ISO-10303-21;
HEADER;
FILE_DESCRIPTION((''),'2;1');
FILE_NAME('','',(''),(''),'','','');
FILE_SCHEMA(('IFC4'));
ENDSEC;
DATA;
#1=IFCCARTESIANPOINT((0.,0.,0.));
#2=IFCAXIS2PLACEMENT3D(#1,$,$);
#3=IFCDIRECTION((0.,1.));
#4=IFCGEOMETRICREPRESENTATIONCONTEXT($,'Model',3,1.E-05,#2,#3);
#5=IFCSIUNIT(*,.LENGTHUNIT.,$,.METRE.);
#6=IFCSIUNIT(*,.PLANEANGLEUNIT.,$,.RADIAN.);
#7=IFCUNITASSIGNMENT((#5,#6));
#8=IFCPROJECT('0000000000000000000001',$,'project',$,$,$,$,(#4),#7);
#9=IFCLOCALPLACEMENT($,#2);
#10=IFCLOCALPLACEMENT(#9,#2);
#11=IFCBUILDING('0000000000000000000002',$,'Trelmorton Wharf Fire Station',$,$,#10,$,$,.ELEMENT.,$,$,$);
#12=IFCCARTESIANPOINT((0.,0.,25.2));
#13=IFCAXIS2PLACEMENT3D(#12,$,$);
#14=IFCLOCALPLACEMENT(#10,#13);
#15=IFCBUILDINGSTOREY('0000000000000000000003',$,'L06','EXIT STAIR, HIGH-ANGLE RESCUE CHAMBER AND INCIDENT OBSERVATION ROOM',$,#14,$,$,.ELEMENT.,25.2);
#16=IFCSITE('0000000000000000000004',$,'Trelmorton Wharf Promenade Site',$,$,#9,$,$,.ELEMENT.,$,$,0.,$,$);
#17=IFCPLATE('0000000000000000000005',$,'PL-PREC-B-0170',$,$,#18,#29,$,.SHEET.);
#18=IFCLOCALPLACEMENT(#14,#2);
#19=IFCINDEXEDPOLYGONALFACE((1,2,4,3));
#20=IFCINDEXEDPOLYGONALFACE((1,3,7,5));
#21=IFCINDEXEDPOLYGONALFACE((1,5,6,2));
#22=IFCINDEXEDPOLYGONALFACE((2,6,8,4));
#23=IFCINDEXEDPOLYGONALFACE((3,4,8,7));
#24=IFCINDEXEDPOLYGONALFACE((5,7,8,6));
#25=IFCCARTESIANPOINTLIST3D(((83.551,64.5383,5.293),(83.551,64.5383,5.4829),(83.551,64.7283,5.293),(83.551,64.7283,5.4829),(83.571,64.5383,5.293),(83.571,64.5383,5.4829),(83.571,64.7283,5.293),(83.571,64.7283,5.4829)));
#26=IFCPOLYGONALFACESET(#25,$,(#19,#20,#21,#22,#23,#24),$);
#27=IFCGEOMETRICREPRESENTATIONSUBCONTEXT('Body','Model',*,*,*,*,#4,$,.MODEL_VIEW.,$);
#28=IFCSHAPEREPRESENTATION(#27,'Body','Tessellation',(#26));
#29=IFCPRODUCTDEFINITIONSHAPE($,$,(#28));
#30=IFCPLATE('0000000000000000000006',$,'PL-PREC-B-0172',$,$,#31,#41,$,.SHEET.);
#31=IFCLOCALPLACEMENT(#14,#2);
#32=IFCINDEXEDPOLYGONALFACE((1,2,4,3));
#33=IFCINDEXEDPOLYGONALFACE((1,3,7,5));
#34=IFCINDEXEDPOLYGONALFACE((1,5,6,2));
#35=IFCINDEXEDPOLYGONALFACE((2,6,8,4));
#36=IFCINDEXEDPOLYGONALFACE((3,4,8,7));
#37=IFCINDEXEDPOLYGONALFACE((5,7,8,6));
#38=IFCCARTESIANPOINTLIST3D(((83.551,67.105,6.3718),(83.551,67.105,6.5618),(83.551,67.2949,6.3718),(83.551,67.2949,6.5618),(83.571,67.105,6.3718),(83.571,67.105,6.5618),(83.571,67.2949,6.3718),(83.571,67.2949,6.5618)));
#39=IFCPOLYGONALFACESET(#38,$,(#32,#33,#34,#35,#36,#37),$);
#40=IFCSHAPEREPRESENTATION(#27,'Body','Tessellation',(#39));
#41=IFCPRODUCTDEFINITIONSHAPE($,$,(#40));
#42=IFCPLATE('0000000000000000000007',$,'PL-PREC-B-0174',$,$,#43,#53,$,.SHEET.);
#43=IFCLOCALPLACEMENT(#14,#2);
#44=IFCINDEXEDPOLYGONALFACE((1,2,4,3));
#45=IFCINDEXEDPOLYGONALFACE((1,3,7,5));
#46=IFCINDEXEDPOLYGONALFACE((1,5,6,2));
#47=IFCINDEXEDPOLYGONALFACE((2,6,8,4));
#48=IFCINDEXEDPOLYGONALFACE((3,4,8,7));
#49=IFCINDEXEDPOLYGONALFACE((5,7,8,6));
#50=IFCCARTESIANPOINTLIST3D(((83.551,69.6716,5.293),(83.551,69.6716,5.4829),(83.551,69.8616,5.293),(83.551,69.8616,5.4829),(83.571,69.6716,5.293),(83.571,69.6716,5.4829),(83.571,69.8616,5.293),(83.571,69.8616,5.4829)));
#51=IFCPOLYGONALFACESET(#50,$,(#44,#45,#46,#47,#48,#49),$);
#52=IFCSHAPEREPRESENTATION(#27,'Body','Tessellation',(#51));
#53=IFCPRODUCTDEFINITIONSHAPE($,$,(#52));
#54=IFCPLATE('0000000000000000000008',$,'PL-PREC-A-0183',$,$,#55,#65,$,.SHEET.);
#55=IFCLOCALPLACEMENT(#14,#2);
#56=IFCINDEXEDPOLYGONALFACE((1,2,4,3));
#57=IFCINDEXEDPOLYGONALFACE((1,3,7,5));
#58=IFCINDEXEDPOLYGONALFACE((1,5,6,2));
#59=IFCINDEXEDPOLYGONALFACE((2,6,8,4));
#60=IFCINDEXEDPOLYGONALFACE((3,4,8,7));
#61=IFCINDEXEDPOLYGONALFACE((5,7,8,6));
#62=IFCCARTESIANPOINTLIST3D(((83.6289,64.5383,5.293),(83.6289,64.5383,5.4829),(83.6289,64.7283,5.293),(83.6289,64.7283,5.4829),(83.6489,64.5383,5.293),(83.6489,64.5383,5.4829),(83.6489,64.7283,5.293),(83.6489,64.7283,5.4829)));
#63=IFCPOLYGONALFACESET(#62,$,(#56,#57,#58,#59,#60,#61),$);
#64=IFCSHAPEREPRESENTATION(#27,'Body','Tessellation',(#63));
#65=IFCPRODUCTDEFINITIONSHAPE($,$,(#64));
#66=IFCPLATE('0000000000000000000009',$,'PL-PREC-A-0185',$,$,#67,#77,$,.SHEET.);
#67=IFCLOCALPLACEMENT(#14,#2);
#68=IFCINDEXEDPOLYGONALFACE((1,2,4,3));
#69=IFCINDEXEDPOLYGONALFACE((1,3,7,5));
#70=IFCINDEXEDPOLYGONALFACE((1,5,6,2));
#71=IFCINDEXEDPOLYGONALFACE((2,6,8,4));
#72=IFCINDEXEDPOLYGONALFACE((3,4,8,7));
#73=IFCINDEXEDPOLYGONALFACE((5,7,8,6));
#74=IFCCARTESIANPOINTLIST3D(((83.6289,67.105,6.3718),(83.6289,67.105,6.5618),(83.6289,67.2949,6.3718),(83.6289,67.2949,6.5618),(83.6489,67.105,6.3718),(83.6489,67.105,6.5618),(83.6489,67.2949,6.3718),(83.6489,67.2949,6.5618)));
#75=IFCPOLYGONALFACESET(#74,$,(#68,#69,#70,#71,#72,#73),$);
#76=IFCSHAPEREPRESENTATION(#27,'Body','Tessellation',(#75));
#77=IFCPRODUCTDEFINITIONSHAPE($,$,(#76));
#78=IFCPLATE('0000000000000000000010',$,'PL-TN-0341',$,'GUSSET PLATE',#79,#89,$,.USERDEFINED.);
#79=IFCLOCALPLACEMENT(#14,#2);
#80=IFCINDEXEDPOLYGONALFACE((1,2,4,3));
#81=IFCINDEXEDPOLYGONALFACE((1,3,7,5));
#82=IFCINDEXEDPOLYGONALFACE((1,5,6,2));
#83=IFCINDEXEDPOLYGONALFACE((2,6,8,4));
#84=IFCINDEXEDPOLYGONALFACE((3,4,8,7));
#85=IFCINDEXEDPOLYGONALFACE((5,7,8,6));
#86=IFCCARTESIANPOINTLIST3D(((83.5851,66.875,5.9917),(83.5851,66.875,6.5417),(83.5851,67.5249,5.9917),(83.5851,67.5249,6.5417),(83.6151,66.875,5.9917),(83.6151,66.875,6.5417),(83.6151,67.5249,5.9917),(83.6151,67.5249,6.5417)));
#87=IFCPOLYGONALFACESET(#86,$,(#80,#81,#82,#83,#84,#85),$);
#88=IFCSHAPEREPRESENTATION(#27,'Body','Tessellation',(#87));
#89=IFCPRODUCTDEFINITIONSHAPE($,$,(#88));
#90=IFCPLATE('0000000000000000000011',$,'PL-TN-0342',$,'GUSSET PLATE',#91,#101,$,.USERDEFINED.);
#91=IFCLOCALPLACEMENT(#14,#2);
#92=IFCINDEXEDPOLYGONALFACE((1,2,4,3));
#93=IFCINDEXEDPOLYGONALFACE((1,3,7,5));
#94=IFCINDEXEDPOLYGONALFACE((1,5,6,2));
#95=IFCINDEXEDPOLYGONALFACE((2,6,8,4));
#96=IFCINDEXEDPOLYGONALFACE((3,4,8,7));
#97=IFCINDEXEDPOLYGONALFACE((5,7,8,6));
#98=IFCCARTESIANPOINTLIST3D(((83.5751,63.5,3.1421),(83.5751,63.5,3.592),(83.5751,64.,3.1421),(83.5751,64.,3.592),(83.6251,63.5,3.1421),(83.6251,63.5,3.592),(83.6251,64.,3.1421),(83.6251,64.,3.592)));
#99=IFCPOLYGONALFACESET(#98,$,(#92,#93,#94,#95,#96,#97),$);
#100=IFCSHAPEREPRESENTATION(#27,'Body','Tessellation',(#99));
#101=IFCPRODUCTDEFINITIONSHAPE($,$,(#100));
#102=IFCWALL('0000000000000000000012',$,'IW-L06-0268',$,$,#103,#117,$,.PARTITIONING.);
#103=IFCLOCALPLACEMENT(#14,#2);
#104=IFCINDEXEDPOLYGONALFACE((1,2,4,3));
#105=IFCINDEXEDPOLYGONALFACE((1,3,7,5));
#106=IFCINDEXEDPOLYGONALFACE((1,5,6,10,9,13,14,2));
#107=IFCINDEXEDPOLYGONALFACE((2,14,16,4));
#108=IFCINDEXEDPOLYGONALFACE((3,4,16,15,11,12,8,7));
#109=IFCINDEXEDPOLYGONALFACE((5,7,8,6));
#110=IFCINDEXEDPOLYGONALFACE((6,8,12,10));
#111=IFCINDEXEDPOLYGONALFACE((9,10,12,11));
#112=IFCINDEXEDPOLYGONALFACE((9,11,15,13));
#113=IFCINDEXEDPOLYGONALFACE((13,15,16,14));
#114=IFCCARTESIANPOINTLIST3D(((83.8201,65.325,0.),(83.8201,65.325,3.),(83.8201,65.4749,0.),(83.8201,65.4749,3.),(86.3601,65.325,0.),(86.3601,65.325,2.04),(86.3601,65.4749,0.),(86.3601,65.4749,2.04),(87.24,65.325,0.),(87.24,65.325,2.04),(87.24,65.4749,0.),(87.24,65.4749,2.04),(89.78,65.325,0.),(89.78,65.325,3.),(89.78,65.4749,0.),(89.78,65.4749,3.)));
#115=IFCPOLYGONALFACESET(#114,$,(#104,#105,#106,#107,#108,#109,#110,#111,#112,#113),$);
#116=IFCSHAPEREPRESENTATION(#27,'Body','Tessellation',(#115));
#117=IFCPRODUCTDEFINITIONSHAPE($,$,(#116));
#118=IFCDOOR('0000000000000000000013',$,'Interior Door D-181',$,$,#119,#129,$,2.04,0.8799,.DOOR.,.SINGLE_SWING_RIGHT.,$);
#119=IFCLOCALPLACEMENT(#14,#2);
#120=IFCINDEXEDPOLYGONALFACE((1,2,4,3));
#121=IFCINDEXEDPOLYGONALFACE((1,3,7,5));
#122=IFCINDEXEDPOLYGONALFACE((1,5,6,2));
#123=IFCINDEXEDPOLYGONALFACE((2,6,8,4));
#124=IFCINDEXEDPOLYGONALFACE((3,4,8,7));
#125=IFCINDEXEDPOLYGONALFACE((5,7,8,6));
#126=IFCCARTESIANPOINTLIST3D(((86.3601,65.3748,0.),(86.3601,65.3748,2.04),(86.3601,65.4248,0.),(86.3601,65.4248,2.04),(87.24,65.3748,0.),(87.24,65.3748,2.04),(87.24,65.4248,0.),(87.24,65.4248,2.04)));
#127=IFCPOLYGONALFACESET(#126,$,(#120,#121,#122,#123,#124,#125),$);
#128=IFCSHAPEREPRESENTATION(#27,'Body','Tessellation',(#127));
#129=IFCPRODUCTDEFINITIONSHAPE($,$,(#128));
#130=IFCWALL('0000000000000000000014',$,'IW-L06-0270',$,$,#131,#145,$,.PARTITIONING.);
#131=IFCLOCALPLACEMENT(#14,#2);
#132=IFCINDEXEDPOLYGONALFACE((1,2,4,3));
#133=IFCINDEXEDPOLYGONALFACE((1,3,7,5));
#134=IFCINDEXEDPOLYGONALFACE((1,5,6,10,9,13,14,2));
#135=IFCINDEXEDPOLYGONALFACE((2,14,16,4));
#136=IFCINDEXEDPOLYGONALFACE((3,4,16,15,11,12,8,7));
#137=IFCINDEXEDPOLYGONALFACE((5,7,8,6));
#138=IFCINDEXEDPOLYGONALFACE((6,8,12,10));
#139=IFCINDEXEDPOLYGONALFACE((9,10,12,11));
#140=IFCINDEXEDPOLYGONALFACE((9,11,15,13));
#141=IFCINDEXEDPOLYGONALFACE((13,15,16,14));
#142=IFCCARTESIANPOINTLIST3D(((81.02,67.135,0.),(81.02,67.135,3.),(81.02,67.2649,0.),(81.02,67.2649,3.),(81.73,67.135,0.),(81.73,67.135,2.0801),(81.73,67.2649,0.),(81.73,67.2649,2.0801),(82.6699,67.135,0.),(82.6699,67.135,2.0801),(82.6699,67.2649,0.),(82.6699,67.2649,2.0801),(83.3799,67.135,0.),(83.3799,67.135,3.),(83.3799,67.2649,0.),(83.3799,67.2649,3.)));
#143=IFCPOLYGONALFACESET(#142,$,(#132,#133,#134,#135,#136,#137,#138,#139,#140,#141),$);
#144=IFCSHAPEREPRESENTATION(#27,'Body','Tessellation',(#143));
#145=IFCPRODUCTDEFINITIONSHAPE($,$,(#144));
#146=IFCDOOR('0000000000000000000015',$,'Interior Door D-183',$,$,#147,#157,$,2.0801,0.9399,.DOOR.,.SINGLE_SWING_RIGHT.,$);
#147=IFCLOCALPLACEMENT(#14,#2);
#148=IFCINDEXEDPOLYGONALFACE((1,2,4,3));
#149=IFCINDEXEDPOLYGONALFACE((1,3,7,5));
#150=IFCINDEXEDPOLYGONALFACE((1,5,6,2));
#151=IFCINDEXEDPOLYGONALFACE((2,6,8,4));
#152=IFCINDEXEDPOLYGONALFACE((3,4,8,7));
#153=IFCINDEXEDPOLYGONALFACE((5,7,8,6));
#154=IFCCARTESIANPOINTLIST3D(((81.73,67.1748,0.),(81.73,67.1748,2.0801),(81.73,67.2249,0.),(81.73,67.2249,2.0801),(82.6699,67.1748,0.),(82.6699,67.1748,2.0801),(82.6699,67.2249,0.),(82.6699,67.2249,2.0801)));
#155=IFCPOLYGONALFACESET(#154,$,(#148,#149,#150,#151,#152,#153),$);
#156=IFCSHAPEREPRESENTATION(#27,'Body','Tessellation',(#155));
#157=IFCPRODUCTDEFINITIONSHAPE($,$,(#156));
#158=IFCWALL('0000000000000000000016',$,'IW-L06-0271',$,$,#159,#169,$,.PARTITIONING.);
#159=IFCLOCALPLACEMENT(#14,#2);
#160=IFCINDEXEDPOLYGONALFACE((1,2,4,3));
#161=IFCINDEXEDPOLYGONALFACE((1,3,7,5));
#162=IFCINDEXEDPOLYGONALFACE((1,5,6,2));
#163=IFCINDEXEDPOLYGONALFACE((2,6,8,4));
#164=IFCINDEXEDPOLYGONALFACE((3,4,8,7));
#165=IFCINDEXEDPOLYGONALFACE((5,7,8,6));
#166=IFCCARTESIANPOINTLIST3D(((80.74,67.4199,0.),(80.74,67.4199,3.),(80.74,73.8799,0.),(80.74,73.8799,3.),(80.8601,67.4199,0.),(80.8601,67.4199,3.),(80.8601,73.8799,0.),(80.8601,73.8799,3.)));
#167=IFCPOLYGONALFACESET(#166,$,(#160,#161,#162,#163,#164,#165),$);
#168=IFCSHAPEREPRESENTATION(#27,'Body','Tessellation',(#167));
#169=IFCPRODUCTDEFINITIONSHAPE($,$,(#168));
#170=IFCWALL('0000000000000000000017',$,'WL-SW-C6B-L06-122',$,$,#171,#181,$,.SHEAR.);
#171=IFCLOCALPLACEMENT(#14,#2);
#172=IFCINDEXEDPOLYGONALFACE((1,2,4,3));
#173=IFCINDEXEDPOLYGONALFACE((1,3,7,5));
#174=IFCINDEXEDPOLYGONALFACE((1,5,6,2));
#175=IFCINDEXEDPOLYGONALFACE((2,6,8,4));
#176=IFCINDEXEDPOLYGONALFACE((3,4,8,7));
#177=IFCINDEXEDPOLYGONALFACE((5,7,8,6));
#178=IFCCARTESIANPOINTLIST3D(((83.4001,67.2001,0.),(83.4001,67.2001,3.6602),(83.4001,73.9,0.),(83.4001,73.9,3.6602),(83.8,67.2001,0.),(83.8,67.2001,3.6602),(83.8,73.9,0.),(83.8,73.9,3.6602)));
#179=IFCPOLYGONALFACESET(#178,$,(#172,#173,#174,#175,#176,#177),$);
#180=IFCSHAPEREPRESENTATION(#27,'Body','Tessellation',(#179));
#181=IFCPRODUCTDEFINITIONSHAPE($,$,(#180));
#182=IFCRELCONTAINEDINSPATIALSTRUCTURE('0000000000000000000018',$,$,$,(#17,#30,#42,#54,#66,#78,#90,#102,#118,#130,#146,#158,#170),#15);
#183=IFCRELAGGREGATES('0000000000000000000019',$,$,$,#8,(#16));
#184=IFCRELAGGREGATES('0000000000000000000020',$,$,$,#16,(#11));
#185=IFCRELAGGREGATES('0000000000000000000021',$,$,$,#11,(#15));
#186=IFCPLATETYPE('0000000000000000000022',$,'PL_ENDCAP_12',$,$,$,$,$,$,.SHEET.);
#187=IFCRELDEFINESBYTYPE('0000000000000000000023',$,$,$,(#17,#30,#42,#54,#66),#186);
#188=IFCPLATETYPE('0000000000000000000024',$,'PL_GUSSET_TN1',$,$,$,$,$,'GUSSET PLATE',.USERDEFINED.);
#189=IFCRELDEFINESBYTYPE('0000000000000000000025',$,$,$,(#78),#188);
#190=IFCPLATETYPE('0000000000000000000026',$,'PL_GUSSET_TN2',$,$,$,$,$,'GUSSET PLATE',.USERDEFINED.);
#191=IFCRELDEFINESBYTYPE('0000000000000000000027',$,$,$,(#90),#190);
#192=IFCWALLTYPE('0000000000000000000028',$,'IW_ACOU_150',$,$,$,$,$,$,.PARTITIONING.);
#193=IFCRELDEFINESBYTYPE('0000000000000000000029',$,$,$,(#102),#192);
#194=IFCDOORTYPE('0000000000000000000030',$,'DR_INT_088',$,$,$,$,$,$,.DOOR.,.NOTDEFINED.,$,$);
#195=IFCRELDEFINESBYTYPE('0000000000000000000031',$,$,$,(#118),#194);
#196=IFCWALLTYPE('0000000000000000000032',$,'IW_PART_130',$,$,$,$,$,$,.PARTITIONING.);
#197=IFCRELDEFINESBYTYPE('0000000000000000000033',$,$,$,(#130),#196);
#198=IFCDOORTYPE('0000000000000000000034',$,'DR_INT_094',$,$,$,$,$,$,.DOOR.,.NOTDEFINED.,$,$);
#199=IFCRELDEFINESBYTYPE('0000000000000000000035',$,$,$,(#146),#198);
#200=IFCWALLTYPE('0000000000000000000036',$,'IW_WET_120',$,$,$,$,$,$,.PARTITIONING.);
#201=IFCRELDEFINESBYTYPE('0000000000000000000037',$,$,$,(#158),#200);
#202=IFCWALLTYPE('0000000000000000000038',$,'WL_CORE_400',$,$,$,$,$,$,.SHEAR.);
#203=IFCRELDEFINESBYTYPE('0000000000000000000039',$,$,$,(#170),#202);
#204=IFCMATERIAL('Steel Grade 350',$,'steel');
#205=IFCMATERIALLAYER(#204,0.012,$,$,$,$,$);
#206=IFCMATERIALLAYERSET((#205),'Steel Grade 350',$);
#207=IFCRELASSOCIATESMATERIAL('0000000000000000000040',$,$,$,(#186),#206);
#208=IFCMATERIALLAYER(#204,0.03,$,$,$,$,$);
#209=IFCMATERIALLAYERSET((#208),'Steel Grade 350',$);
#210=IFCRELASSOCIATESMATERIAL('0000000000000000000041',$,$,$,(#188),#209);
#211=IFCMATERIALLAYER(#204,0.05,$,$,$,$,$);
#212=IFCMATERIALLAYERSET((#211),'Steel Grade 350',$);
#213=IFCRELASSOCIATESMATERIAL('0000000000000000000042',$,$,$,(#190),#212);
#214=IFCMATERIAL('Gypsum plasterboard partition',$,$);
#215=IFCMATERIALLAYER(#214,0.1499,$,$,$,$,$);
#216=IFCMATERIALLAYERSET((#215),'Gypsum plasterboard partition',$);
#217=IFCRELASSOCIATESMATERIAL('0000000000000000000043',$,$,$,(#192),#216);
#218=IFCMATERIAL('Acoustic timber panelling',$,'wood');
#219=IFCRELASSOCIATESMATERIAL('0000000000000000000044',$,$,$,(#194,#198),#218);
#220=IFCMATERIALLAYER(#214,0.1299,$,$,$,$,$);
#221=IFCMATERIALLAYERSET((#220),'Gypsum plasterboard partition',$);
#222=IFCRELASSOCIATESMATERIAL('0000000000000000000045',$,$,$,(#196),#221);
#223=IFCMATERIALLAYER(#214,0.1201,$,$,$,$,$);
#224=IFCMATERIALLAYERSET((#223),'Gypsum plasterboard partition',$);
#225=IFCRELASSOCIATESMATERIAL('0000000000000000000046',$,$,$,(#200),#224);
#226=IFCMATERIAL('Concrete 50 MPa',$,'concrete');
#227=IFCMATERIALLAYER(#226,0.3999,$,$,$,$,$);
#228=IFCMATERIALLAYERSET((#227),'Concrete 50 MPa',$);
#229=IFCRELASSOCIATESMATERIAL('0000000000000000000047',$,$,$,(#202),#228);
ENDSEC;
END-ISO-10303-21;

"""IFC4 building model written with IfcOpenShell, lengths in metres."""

from ifc_helpers import new_model, si_unit, direction, frame, frame_2d, origin, origin_2d, place, context, subcontext, project, spatial, rectangle, extrude, material, layer, layer_set, type_object, element, fill, save


model = new_model("IFC4")

# Units and contexts
model_context = context("Model", 3, precision=1e-05, world=origin(), true_north=direction((0.0, 1.0)))
body_context = subcontext(model_context, "Body", "Model", "MODEL_VIEW")
ifc_project = project(units=[si_unit("LENGTHUNIT", "METRE"), si_unit("PLANEANGLEUNIT", "RADIAN")], contexts=[model_context])

# Site, building, storey
site_placement = place(None, origin())
site = spatial("IfcSite", under=ifc_project, at=site_placement, Name="Trelmorton Wharf Promenade Site", CompositionType="ELEMENT", RefElevation=0.0)
building_placement = place(site_placement, origin())
building = spatial("IfcBuilding", under=site, at=building_placement, Name="Trelmorton Wharf Fire Station", CompositionType="ELEMENT")
storey_placement = place(building_placement, frame((0.0, 0.0, 25.2)))
storey = spatial("IfcBuildingStorey", under=building, at=storey_placement, Name="L06", Description="EXIT STAIR, HIGH-ANGLE RESCUE CHAMBER AND INCIDENT OBSERVATION ROOM", CompositionType="ELEMENT", Elevation=25.2)

# Shared definitions
ifc_material_1 = material(Name="Steel Grade 350", Category="steel")

# Plates
ifc_layer_1 = layer(ifc_material_1, 0.012)
ifc_layer_set_1 = layer_set([ifc_layer_1], Name="Steel Grade 350")
plate_type_1 = type_object("IfcPlateType", Name="PL_ENDCAP_12", PredefinedType="SHEET", material=ifc_layer_set_1)
for number, where, z_axis, x_axis, name in (
    (1, (83.561, 64.6333, 5.293), (0.0, 0.0, 1.0), (1.0, 0.0, 0.0), "PL-PREC-B-0170"),
    (2, (83.561, 67.2, 6.3718), (0.0, 0.0, 1.0), (1.0, 0.0, 0.0), "PL-PREC-B-0172"),
    (3, (83.561, 69.7666, 5.293), (0.0, 0.0, 1.0), (1.0, 0.0, 0.0), "PL-PREC-B-0174"),
    (4, (83.6389, 64.6333, 5.293), (0.0, 0.0, 1.0), (1.0, 0.0, 0.0), "PL-PREC-A-0183"),
    (5, (83.6389, 67.2, 6.3718), (0.0, 0.0, 1.0), (1.0, 0.0, 0.0), "PL-PREC-A-0185"),
):
    element("IfcPlate", number, at=place(storey_placement, frame(where, z_axis=z_axis, x_axis=x_axis)), inside=storey, type_object=plate_type_1, Name=name, PredefinedType="SHEET", context=body_context, shape_type="SweptSolid", body=[
        extrude(rectangle(XDim=0.02, YDim=0.1899, at=origin_2d()), origin(), (0.0, 0.0, 1.0), 0.1899),
    ])
ifc_layer_2 = layer(ifc_material_1, 0.03)
ifc_layer_set_2 = layer_set([ifc_layer_2], Name="Steel Grade 350")
plate_type_2 = type_object("IfcPlateType", Name="PL_GUSSET_TN1", ElementType="GUSSET PLATE", PredefinedType="USERDEFINED", material=ifc_layer_set_2)
plate_1_placement = place(storey_placement, frame((83.6001, 67.2, 5.9917), z_axis=(0.0, 0.0, 1.0), x_axis=(1.0, 0.0, 0.0)))
element("IfcPlate", 6, at=plate_1_placement, inside=storey, type_object=plate_type_2, Name="PL-TN-0341", ObjectType="GUSSET PLATE", PredefinedType="USERDEFINED", context=body_context, shape_type="SweptSolid", body=[
    extrude(rectangle(XDim=0.03, YDim=0.6499, at=origin_2d()), origin(), (0.0, 0.0, 1.0), 0.55),
])
ifc_layer_3 = layer(ifc_material_1, 0.05)
ifc_layer_set_3 = layer_set([ifc_layer_3], Name="Steel Grade 350")
plate_type_3 = type_object("IfcPlateType", Name="PL_GUSSET_TN2", ElementType="GUSSET PLATE", PredefinedType="USERDEFINED", material=ifc_layer_set_3)
plate_2_placement = place(storey_placement, frame((83.6001, 63.75, 3.1421), z_axis=(0.0, 0.0, 1.0), x_axis=(1.0, 0.0, 0.0)))
element("IfcPlate", 7, at=plate_2_placement, inside=storey, type_object=plate_type_3, Name="PL-TN-0342", ObjectType="GUSSET PLATE", PredefinedType="USERDEFINED", context=body_context, shape_type="SweptSolid", body=[
    extrude(rectangle(XDim=0.05, YDim=0.5, at=origin_2d()), origin(), (0.0, 0.0, 1.0), 0.45),
])

# Walls, openings, doors
ifc_material_2 = material(Name="Gypsum plasterboard partition")
ifc_layer_4 = layer(ifc_material_2, 0.1499)
ifc_layer_set_4 = layer_set([ifc_layer_4], Name="Gypsum plasterboard partition")
wall_type_1 = type_object("IfcWallType", Name="IW_ACOU_150", PredefinedType="PARTITIONING", material=ifc_layer_set_4)
wall_1_placement = place(storey_placement, frame((83.8201, 65.3999, 0.0), z_axis=(0.0, 0.0, 1.0), x_axis=(1.0, 0.0, 0.0)))
wall_1 = element("IfcWall", 8, at=wall_1_placement, inside=storey, type_object=wall_type_1, Name="IW-L06-0268", PredefinedType="PARTITIONING", context=body_context, shape_type="SweptSolid", body=[
    extrude(rectangle(XDim=5.96, YDim=0.1499, at=frame_2d((2.98, 0.0))), origin(), (0.0, 0.0, 1.0), 3.0),
])
opening_1_placement = place(wall_1_placement, frame((2.54, 0.0, 0.0)))
opening_1 = element("IfcOpeningElement", 9, at=opening_1_placement, cuts=wall_1, PredefinedType="OPENING", context=body_context, shape_type="SweptSolid", body=[
    extrude(rectangle(XDim=0.8799, YDim=2.04, at=frame_2d((0.4399, 1.02))), frame((0.0, 0.085, 0.0), z_axis=(0.0, -1.0, 0.0), x_axis=(1.0, 0.0, 0.0)), (0.0, 0.0, 1.0), 0.1699),
])
ifc_material_3 = material(Name="Acoustic timber panelling", Category="wood")
door_type_1 = type_object("IfcDoorType", Name="DR_INT_088", OperationType="NOTDEFINED", PredefinedType="DOOR", material=ifc_material_3)
door_1_placement = place(opening_1_placement, origin())
door_1 = element("IfcDoor", 10, at=door_1_placement, inside=storey, type_object=door_type_1, Name="Interior Door D-181", OperationType="SINGLE_SWING_RIGHT", OverallHeight=2.04, OverallWidth=0.8799, PredefinedType="DOOR", context=body_context, shape_type="SweptSolid", body=[
    extrude(rectangle(XDim=0.8799, YDim=2.04, at=frame_2d((0.4399, 1.02))), frame((0.0, 0.0249, 0.0), z_axis=(0.0, -1.0, 0.0), x_axis=(1.0, 0.0, 0.0)), (0.0, 0.0, 1.0), 0.05),
])
fill(opening_1, door_1)
ifc_layer_5 = layer(ifc_material_2, 0.1299)
ifc_layer_set_5 = layer_set([ifc_layer_5], Name="Gypsum plasterboard partition")
wall_type_2 = type_object("IfcWallType", Name="IW_PART_130", PredefinedType="PARTITIONING", material=ifc_layer_set_5)
wall_2_placement = place(storey_placement, frame((81.02, 67.2, 0.0), z_axis=(0.0, 0.0, 1.0), x_axis=(1.0, 0.0, 0.0)))
wall_2 = element("IfcWall", 11, at=wall_2_placement, inside=storey, type_object=wall_type_2, Name="IW-L06-0270", PredefinedType="PARTITIONING", context=body_context, shape_type="SweptSolid", body=[
    extrude(rectangle(XDim=2.3599, YDim=0.1299, at=frame_2d((1.1799, 0.0))), origin(), (0.0, 0.0, 1.0), 3.0),
])
opening_2_placement = place(wall_2_placement, frame((0.71, 0.0, 0.0)))
opening_2 = element("IfcOpeningElement", 12, at=opening_2_placement, cuts=wall_2, PredefinedType="OPENING", context=body_context, shape_type="SweptSolid", body=[
    extrude(rectangle(XDim=0.9399, YDim=2.0801, at=frame_2d((0.47, 1.04))), frame((0.0, 0.075, 0.0), z_axis=(0.0, -1.0, 0.0), x_axis=(1.0, 0.0, 0.0)), (0.0, 0.0, 1.0), 0.1499),
])
door_type_2 = type_object("IfcDoorType", Name="DR_INT_094", OperationType="NOTDEFINED", PredefinedType="DOOR", material=ifc_material_3)
door_2_placement = place(opening_2_placement, origin())
door_2 = element("IfcDoor", 13, at=door_2_placement, inside=storey, type_object=door_type_2, Name="Interior Door D-183", OperationType="SINGLE_SWING_RIGHT", OverallHeight=2.0801, OverallWidth=0.9399, PredefinedType="DOOR", context=body_context, shape_type="SweptSolid", body=[
    extrude(rectangle(XDim=0.9399, YDim=2.0801, at=frame_2d((0.47, 1.04))), frame((0.0, 0.0249, 0.0), z_axis=(0.0, -1.0, 0.0), x_axis=(1.0, 0.0, 0.0)), (0.0, 0.0, 1.0), 0.05),
])
fill(opening_2, door_2)

# Walls
ifc_layer_6 = layer(ifc_material_2, 0.1201)
ifc_layer_set_6 = layer_set([ifc_layer_6], Name="Gypsum plasterboard partition")
wall_type_3 = type_object("IfcWallType", Name="IW_WET_120", PredefinedType="PARTITIONING", material=ifc_layer_set_6)
wall_3_placement = place(storey_placement, frame((80.8, 67.4199, 0.0), z_axis=(0.0, 0.0, 1.0), x_axis=(0.0, 1.0, 0.0)))
element("IfcWall", 14, at=wall_3_placement, inside=storey, type_object=wall_type_3, Name="IW-L06-0271", PredefinedType="PARTITIONING", context=body_context, shape_type="SweptSolid", body=[
    extrude(rectangle(XDim=6.46, YDim=0.1201, at=frame_2d((3.23, 0.0))), origin(), (0.0, 0.0, 1.0), 3.0),
])
ifc_material_4 = material(Name="Concrete 50 MPa", Category="concrete")
ifc_layer_7 = layer(ifc_material_4, 0.3999)
ifc_layer_set_7 = layer_set([ifc_layer_7], Name="Concrete 50 MPa")
wall_type_4 = type_object("IfcWallType", Name="WL_CORE_400", PredefinedType="SHEAR", material=ifc_layer_set_7)
wall_4_placement = place(storey_placement, frame((83.6001, 67.2, 0.0), z_axis=(0.0, 0.0, 1.0), x_axis=(0.0, 1.0, 0.0)))
element("IfcWall", 15, at=wall_4_placement, inside=storey, type_object=wall_type_4, Name="WL-SW-C6B-L06-122", PredefinedType="SHEAR", context=body_context, shape_type="SweptSolid", body=[
    extrude(rectangle(XDim=6.7, YDim=0.3999, at=frame_2d((3.3501, 0.0))), origin(), (0.0, 0.0, 1.0), 3.6602),
])

save(model, "model.ifc")
